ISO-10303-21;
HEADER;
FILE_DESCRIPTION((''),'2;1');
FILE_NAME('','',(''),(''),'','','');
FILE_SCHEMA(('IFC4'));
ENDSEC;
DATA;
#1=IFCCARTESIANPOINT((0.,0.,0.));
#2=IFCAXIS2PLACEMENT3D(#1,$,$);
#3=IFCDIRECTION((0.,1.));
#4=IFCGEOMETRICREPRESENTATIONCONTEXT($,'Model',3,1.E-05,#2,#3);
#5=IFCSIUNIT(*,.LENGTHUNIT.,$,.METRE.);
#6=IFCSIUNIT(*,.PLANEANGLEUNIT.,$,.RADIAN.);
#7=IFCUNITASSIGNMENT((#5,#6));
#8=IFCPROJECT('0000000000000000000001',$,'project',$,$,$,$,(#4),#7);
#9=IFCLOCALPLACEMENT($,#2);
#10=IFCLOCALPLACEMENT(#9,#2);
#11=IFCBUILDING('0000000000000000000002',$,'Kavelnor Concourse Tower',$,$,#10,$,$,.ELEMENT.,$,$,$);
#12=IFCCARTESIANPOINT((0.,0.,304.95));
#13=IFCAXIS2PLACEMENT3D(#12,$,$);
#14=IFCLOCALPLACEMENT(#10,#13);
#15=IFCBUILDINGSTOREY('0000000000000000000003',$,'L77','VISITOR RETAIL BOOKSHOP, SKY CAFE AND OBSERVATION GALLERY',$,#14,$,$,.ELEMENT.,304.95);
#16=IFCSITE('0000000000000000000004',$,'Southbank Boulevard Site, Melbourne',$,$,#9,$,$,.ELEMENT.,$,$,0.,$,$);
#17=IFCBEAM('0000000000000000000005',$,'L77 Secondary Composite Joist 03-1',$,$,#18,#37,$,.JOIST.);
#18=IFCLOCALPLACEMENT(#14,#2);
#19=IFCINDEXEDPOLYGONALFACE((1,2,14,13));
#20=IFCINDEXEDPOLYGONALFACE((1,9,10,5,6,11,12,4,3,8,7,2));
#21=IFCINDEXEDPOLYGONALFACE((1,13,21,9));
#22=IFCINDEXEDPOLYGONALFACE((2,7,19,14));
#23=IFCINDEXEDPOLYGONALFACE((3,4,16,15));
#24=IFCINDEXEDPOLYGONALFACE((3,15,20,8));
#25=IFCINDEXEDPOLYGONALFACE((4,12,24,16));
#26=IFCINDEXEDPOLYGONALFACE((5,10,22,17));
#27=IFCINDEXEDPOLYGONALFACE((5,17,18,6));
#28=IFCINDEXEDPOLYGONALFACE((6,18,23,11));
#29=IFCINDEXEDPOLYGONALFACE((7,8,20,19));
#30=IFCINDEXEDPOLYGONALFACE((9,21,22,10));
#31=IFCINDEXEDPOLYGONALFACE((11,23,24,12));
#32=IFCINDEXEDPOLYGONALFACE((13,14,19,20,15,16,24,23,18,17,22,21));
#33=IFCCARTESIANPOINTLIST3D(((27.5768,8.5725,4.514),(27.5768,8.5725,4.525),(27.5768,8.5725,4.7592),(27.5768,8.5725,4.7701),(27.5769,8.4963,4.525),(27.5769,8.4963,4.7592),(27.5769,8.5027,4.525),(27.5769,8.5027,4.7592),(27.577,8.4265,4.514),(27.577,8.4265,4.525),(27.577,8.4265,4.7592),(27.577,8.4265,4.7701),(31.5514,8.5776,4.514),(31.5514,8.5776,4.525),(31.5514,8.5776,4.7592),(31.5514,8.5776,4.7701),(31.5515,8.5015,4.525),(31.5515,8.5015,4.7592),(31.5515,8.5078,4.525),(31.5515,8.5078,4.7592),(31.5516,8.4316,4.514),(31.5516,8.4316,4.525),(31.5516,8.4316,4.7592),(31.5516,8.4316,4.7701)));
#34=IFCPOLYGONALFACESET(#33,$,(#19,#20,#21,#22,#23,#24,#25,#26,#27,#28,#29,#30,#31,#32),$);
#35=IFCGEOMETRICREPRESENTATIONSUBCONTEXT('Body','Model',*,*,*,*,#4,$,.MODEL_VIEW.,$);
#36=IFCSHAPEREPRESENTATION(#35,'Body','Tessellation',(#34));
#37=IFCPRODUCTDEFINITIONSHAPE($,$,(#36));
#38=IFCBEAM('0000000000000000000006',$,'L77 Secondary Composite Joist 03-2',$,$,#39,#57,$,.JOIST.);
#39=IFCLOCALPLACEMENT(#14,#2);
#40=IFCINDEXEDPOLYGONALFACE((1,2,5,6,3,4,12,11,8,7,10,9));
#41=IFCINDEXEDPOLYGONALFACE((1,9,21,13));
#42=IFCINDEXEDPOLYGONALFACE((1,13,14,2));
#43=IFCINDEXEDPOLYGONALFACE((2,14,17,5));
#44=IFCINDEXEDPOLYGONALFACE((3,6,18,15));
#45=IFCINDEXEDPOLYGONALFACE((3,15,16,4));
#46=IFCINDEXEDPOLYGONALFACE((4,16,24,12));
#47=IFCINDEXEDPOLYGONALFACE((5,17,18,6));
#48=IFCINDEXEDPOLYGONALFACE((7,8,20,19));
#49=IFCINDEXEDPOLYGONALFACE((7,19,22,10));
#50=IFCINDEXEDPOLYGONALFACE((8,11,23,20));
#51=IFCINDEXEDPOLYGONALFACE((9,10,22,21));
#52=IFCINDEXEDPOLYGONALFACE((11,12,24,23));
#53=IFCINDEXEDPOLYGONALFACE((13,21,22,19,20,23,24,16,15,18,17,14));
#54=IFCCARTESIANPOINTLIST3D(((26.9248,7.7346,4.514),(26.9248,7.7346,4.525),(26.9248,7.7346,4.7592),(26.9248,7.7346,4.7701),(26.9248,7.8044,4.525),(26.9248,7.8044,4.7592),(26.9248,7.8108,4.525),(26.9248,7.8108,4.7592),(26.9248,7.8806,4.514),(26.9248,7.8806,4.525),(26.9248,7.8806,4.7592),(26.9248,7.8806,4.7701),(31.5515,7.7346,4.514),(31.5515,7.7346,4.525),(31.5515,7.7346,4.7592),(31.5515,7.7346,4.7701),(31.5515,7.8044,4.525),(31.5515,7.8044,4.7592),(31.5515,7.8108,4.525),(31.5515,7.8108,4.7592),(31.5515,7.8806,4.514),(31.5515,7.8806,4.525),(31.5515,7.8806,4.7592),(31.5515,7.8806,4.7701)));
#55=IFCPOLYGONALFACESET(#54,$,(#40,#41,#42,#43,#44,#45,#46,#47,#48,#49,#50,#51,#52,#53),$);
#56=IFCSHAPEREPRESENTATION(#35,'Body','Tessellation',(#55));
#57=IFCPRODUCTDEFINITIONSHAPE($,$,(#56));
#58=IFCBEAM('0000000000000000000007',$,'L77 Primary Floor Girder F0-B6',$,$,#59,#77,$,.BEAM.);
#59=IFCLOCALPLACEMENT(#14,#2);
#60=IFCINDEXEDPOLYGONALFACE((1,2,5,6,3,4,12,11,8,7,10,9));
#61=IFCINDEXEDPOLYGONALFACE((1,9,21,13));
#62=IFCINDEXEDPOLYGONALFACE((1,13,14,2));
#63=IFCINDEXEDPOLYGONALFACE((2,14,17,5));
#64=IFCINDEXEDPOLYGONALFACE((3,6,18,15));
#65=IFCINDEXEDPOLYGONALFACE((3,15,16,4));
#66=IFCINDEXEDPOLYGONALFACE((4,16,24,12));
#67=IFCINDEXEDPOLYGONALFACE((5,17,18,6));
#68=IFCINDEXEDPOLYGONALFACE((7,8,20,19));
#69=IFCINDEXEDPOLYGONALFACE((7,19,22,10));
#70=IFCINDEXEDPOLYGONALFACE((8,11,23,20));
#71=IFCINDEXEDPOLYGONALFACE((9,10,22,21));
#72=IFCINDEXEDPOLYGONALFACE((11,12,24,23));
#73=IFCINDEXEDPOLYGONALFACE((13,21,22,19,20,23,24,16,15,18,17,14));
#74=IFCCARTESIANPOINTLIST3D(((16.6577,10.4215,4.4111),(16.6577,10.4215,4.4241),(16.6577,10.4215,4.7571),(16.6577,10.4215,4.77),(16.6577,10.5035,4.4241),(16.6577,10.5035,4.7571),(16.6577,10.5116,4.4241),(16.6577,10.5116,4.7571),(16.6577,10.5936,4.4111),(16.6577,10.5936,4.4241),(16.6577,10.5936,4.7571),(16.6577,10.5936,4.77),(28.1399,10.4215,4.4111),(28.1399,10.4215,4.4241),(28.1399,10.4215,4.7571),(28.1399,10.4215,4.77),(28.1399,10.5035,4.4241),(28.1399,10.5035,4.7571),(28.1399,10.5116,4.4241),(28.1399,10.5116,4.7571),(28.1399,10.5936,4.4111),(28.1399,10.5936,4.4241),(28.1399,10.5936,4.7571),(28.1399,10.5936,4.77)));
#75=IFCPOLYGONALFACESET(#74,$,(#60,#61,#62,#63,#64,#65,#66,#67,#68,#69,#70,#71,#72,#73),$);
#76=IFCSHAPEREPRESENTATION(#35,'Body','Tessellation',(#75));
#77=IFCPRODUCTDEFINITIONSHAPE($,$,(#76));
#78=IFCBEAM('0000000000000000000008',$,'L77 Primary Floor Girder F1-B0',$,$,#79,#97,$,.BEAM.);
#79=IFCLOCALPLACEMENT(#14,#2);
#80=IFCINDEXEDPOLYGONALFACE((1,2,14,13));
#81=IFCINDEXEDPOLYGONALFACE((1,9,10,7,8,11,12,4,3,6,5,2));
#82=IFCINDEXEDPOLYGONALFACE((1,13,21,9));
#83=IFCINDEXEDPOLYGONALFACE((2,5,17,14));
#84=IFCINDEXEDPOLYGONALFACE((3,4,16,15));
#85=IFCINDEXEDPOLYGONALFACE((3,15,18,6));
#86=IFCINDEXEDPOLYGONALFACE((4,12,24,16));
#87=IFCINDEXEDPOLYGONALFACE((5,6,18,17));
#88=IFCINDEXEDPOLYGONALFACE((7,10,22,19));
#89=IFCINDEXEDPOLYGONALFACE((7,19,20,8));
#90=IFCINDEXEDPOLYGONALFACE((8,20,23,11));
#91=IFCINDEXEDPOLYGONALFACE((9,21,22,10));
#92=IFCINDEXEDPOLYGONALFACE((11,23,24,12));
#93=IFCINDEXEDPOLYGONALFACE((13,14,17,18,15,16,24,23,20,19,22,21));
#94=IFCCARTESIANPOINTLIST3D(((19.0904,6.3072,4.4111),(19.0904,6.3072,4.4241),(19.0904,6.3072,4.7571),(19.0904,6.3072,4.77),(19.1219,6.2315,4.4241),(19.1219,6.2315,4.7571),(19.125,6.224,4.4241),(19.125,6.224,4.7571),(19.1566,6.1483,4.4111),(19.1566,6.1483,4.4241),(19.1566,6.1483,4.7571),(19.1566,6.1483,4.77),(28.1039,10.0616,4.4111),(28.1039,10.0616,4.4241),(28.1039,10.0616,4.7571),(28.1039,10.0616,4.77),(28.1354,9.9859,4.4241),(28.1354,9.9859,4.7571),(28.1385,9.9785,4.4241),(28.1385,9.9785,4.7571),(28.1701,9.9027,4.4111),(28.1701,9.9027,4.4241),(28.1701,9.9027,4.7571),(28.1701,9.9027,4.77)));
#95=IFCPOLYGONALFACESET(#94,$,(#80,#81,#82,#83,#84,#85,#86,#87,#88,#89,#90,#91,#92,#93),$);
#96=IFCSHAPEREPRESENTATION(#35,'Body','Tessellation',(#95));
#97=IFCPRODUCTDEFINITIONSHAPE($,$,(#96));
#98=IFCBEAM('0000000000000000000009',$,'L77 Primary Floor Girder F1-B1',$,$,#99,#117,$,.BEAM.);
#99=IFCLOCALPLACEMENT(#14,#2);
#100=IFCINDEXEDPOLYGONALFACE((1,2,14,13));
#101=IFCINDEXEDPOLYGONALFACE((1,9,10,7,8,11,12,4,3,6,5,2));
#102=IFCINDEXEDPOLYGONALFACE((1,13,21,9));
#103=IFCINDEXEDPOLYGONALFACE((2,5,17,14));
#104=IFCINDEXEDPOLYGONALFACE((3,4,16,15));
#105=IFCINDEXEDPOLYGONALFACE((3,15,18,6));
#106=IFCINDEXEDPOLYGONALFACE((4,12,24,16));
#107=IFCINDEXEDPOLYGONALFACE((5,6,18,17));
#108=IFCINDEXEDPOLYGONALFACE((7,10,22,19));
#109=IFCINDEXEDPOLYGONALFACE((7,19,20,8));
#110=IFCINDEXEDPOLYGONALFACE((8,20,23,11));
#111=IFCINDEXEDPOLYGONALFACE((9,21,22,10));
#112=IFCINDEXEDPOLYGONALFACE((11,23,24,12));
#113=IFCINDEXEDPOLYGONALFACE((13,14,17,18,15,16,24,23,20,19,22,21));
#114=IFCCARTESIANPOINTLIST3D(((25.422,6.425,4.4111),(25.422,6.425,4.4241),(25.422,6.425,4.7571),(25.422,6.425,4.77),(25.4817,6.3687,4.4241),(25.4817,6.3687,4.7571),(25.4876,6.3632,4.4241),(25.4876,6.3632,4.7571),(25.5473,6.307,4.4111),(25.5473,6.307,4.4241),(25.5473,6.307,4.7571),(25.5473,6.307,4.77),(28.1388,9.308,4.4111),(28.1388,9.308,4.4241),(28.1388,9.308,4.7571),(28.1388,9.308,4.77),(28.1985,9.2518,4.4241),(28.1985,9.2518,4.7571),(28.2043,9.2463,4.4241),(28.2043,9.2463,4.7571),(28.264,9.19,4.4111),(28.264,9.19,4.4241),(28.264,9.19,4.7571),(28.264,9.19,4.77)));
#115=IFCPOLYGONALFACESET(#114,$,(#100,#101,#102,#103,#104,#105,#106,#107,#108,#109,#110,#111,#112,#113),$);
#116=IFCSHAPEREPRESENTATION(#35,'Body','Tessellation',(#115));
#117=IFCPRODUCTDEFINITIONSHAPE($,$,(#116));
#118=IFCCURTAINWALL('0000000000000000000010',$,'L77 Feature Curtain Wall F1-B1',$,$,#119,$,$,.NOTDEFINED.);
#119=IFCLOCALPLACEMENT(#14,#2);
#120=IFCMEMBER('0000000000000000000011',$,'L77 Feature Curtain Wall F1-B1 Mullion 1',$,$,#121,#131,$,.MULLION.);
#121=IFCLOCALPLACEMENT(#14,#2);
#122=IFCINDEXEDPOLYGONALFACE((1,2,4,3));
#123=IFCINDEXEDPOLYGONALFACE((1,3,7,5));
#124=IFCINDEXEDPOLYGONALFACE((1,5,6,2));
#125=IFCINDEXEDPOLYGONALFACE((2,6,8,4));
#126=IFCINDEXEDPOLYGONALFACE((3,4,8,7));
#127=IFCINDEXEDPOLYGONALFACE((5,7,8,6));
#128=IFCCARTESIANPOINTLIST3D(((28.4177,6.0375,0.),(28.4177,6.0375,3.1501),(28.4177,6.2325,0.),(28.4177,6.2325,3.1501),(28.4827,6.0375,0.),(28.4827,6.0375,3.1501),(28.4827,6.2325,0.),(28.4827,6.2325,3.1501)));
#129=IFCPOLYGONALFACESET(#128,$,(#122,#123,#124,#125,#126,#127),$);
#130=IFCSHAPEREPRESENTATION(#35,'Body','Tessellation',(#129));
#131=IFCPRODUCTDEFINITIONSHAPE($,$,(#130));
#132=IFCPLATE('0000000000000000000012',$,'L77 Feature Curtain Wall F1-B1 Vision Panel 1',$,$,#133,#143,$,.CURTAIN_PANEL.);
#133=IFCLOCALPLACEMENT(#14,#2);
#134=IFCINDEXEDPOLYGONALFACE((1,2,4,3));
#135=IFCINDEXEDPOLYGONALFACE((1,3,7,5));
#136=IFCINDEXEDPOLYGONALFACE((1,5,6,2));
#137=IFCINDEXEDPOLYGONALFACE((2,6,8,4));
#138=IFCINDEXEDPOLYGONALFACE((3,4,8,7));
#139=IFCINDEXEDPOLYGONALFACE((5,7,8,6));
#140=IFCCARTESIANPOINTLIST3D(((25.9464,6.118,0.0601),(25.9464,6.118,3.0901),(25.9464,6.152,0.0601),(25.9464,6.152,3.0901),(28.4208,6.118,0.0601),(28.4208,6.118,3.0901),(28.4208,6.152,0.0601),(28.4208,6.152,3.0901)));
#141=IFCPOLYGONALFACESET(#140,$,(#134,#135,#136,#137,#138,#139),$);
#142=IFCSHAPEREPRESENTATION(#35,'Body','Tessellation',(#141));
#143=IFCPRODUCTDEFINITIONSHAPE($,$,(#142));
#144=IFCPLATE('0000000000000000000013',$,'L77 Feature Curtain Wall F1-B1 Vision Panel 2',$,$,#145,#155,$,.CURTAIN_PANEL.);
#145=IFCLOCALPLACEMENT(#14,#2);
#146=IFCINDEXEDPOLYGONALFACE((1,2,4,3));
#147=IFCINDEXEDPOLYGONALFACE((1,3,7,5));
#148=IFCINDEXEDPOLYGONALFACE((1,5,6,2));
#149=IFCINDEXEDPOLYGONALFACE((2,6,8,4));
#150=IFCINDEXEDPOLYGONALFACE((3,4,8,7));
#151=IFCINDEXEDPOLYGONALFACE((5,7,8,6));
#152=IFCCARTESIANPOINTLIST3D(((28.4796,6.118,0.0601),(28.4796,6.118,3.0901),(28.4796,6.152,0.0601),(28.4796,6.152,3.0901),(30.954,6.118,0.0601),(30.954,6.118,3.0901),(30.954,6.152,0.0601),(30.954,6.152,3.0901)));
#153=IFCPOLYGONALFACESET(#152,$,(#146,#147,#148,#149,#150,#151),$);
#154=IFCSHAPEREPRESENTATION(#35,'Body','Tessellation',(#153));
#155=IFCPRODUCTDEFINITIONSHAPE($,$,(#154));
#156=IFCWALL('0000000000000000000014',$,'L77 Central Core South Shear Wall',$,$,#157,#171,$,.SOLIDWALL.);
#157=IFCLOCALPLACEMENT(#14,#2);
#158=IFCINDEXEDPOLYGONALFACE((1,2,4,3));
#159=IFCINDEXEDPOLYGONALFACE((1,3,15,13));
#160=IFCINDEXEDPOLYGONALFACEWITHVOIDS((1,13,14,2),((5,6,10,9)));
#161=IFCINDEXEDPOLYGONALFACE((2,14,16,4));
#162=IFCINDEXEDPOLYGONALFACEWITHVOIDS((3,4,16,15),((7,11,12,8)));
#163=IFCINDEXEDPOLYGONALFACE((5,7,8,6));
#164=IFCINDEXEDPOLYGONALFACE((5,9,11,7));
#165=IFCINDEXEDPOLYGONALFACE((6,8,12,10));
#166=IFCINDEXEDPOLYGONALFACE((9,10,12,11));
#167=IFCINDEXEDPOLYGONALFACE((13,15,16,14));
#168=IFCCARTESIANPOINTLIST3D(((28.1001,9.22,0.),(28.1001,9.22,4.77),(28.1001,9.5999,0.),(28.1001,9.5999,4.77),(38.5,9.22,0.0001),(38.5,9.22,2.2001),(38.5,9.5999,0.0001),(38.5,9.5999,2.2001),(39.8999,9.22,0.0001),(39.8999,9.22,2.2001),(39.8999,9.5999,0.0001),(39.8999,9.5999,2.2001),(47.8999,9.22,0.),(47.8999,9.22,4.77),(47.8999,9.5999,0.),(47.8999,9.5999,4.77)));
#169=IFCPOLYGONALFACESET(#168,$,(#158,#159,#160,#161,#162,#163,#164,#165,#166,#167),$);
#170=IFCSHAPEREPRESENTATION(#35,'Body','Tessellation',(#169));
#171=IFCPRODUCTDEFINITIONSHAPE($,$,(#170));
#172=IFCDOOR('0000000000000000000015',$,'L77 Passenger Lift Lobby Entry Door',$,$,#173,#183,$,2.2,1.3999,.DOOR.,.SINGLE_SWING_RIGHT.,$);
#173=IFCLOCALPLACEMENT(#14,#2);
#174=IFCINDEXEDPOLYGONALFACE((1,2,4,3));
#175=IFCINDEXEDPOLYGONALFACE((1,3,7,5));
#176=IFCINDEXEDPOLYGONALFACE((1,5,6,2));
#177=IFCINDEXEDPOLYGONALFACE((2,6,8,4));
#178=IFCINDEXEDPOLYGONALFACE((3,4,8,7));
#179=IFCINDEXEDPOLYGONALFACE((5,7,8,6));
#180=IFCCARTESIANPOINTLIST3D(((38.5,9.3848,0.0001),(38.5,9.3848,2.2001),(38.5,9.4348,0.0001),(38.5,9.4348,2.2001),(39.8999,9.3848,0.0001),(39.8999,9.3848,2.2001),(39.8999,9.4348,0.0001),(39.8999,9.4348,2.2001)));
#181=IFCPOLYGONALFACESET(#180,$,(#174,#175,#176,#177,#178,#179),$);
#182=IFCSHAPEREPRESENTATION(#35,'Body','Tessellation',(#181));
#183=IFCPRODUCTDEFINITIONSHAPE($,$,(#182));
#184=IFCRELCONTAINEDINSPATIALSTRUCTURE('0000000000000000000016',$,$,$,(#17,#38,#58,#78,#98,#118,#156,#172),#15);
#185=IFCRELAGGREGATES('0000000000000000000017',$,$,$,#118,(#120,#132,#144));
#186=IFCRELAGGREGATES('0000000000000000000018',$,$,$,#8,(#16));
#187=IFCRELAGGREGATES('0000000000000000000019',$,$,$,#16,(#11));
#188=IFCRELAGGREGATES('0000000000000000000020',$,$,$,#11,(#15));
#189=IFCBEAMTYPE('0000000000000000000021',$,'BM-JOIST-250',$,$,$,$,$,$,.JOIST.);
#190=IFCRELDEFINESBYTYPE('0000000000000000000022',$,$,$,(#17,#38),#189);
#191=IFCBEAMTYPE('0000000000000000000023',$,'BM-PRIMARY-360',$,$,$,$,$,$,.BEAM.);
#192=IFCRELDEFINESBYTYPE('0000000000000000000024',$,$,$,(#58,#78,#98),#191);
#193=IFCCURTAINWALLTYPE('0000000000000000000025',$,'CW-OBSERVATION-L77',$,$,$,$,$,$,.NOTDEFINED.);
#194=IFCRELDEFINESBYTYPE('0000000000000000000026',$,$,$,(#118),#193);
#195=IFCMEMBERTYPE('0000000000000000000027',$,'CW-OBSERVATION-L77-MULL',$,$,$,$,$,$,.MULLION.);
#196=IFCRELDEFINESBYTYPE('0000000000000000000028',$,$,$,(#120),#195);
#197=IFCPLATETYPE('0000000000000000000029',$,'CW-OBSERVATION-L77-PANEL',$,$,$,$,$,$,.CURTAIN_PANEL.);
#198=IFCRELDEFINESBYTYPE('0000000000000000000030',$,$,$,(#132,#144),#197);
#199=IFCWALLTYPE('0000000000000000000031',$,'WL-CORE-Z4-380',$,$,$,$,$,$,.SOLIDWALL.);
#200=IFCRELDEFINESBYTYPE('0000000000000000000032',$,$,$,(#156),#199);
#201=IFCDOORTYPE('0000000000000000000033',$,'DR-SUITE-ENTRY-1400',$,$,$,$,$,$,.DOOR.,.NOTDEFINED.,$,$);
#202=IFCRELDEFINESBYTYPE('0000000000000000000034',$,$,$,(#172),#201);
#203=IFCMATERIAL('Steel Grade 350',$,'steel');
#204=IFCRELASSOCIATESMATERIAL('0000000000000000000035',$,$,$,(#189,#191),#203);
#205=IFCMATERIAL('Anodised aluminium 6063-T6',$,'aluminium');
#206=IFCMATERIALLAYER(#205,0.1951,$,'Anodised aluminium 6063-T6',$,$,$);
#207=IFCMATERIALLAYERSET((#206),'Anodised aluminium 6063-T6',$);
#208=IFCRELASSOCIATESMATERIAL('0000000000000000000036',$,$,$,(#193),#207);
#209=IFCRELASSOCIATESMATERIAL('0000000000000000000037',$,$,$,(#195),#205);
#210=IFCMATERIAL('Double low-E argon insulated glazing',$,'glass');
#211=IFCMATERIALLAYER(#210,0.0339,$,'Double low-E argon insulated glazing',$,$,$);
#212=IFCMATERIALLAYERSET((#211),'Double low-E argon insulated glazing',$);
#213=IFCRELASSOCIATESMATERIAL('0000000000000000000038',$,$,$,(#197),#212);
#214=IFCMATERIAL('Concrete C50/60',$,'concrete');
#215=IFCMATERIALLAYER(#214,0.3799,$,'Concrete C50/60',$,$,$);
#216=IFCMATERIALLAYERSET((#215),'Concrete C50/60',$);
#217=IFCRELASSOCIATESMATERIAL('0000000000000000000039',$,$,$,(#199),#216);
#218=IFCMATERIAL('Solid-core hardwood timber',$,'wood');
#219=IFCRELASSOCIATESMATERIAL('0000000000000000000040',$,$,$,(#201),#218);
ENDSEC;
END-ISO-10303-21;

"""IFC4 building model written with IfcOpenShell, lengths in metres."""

from ifc_helpers import new_model, si_unit, direction, frame, frame_2d, origin, origin_2d, place, context, subcontext, project, spatial, rectangle, i_section, extrude, material, layer, layer_set, material_profile, profile_set, type_object, element, fill, aggregate, save


model = new_model("IFC4")

# Units and contexts
model_context = context("Model", 3, precision=1e-05, world=origin(), true_north=direction((0.0, 1.0)))
body_context = subcontext(model_context, "Body", "Model", "MODEL_VIEW")
ifc_project = project(units=[si_unit("LENGTHUNIT", "METRE"), si_unit("PLANEANGLEUNIT", "RADIAN")], contexts=[model_context])

# Site, building, storey
site_placement = place(None, origin())
site = spatial("IfcSite", under=ifc_project, at=site_placement, Name="Southbank Boulevard Site, Melbourne", CompositionType="ELEMENT", RefElevation=0.0)
building_placement = place(site_placement, origin())
building = spatial("IfcBuilding", under=site, at=building_placement, Name="Kavelnor Concourse Tower", CompositionType="ELEMENT")
storey_placement = place(building_placement, frame((0.0, 0.0, 304.95)))
storey = spatial("IfcBuildingStorey", under=building, at=storey_placement, Name="L77", Description="VISITOR RETAIL BOOKSHOP, SKY CAFE AND OBSERVATION GALLERY", CompositionType="ELEMENT", Elevation=304.95)

# Beams
ifc_material_1 = material(Name="Steel Grade 350", Category="steel")
ifc_material_profile_1 = material_profile(ifc_material_1, i_section(OverallWidth=0.146, OverallDepth=0.2561, WebThickness=0.0063, FlangeThickness=0.011, at=origin_2d()), Name="250UB37")
ifc_profile_set_1 = profile_set([ifc_material_profile_1], Name="Steel Grade 350")
beam_type_1 = type_object("IfcBeamType", Name="BM-JOIST-250", PredefinedType="JOIST", material=ifc_profile_set_1)
beam_1_placement = place(storey_placement, frame((27.5769, 8.4995, 4.6421), z_axis=(0.999999, 0.00129, 0.0), x_axis=(-0.00129, 0.999999, 0.0)))
element("IfcBeam", 1, at=beam_1_placement, inside=storey, type_object=beam_type_1, Name="L77 Secondary Composite Joist 03-1", PredefinedType="JOIST", context=body_context, shape_type="SweptSolid", body=[
    extrude(i_section(OverallWidth=0.146, OverallDepth=0.2561, WebThickness=0.0063, FlangeThickness=0.011, at=origin_2d()), origin(), (0.0, 0.0, 1.0), 3.9746),
])
beam_2_placement = place(storey_placement, frame((26.9248, 7.8076, 4.6421), z_axis=(1.0, 0.0, 0.0), x_axis=(0.0, 1.0, 0.0)))
element("IfcBeam", 2, at=beam_2_placement, inside=storey, type_object=beam_type_1, Name="L77 Secondary Composite Joist 03-2", PredefinedType="JOIST", context=body_context, shape_type="SweptSolid", body=[
    extrude(i_section(OverallWidth=0.146, OverallDepth=0.2561, WebThickness=0.0063, FlangeThickness=0.011, at=origin_2d()), origin(), (0.0, 0.0, 1.0), 4.6267),
])
ifc_material_profile_2 = material_profile(ifc_material_1, i_section(OverallWidth=0.1721, OverallDepth=0.3589, WebThickness=0.0081, FlangeThickness=0.0129, at=origin_2d()), Name="360UB56")
ifc_profile_set_2 = profile_set([ifc_material_profile_2], Name="Steel Grade 350")
beam_type_2 = type_object("IfcBeamType", Name="BM-PRIMARY-360", PredefinedType="BEAM", material=ifc_profile_set_2)
beam_3_placement = place(storey_placement, frame((28.1399, 10.5076, 4.5906), z_axis=(-1.0, 0.0, 0.0), x_axis=(0.0, -1.0, 0.0)))
element("IfcBeam", 3, at=beam_3_placement, inside=storey, type_object=beam_type_2, Name="L77 Primary Floor Girder F0-B6", PredefinedType="BEAM", context=body_context, shape_type="SweptSolid", body=[
    extrude(i_section(OverallWidth=0.1721, OverallDepth=0.3589, WebThickness=0.0081, FlangeThickness=0.0129, at=origin_2d()), origin(), (0.0, 0.0, 1.0), 11.4822),
])
beam_4_placement = place(storey_placement, frame((28.137, 9.9822, 4.5906), z_axis=(-0.923121, -0.384511, 0.0), x_axis=(0.384511, -0.923121, 0.0)))
element("IfcBeam", 4, at=beam_4_placement, inside=storey, type_object=beam_type_2, Name="L77 Primary Floor Girder F1-B0", PredefinedType="BEAM", context=body_context, shape_type="SweptSolid", body=[
    extrude(i_section(OverallWidth=0.1721, OverallDepth=0.3589, WebThickness=0.0081, FlangeThickness=0.0129, at=origin_2d()), origin(), (0.0, 0.0, 1.0), 9.7642),
])
beam_5_placement = place(storey_placement, frame((28.2014, 9.249, 4.5906), z_axis=(-0.685811, -0.72778, 0.0), x_axis=(0.72778, -0.685811, 0.0)))
element("IfcBeam", 5, at=beam_5_placement, inside=storey, type_object=beam_type_2, Name="L77 Primary Floor Girder F1-B1", PredefinedType="BEAM", context=body_context, shape_type="SweptSolid", body=[
    extrude(i_section(OverallWidth=0.1721, OverallDepth=0.3589, WebThickness=0.0081, FlangeThickness=0.0129, at=origin_2d()), origin(), (0.0, 0.0, 1.0), 3.9614),
])

# Curtain wall, member, plates
ifc_material_2 = material(Name="Anodised aluminium 6063-T6", Category="aluminium")
ifc_layer_1 = layer(ifc_material_2, 0.1951, Name="Anodised aluminium 6063-T6")
ifc_layer_set_1 = layer_set([ifc_layer_1], Name="Anodised aluminium 6063-T6")
curtain_wall_type = type_object("IfcCurtainWallType", Name="CW-OBSERVATION-L77", PredefinedType="NOTDEFINED", material=ifc_layer_set_1)
curtain_wall_placement = place(storey_placement, origin())
curtain_wall = element("IfcCurtainWall", 6, at=curtain_wall_placement, inside=storey, type_object=curtain_wall_type, Name="L77 Feature Curtain Wall F1-B1", PredefinedType="NOTDEFINED")
ifc_material_profile_3 = material_profile(ifc_material_2, rectangle(XDim=0.0649, YDim=0.1951, at=origin_2d()), Name="AL-MULL 65x195")
ifc_profile_set_3 = profile_set([ifc_material_profile_3], Name="Anodised aluminium 6063-T6")
member_type = type_object("IfcMemberType", Name="CW-OBSERVATION-L77-MULL", PredefinedType="MULLION", material=ifc_profile_set_3)
member_placement = place(storey_placement, frame((28.4502, 6.135, 0.0), z_axis=(0.0, 0.0, 1.0), x_axis=(1.0, 0.0, 0.0)))
member = element("IfcMember", 7, at=member_placement, type_object=member_type, Name="L77 Feature Curtain Wall F1-B1 Mullion 1", PredefinedType="MULLION", context=body_context, shape_type="SweptSolid", body=[
    extrude(rectangle(XDim=0.0649, YDim=0.1951, at=origin_2d()), origin(), (0.0, 0.0, 1.0), 3.1501),
])
ifc_material_3 = material(Name="Double low-E argon insulated glazing", Category="glass")
ifc_layer_2 = layer(ifc_material_3, 0.0339, Name="Double low-E argon insulated glazing")
ifc_layer_set_2 = layer_set([ifc_layer_2], Name="Double low-E argon insulated glazing")
plate_type = type_object("IfcPlateType", Name="CW-OBSERVATION-L77-PANEL", PredefinedType="CURTAIN_PANEL", material=ifc_layer_set_2)
plate_1_placement = place(storey_placement, frame((27.1836, 6.135, 0.0601), z_axis=(0.0, 0.0, 1.0), x_axis=(1.0, 0.0, 0.0)))
plate_1 = element("IfcPlate", 8, at=plate_1_placement, type_object=plate_type, Name="L77 Feature Curtain Wall F1-B1 Vision Panel 1", PredefinedType="CURTAIN_PANEL", context=body_context, shape_type="SweptSolid", body=[
    extrude(rectangle(XDim=2.4744, YDim=0.0339, at=origin_2d()), origin(), (0.0, 0.0, 1.0), 3.03),
])
plate_2_placement = place(storey_placement, frame((29.7168, 6.135, 0.0601), z_axis=(0.0, 0.0, 1.0), x_axis=(1.0, 0.0, 0.0)))
plate_2 = element("IfcPlate", 9, at=plate_2_placement, type_object=plate_type, Name="L77 Feature Curtain Wall F1-B1 Vision Panel 2", PredefinedType="CURTAIN_PANEL", context=body_context, shape_type="SweptSolid", body=[
    extrude(rectangle(XDim=2.4744, YDim=0.0339, at=origin_2d()), origin(), (0.0, 0.0, 1.0), 3.03),
])
aggregate(curtain_wall, [member, plate_1, plate_2])

# Wall, opening, door
ifc_material_4 = material(Name="Concrete C50/60", Category="concrete")
ifc_layer_3 = layer(ifc_material_4, 0.3799, Name="Concrete C50/60")
ifc_layer_set_3 = layer_set([ifc_layer_3], Name="Concrete C50/60")
wall_type_1 = type_object("IfcWallType", Name="WL-CORE-Z4-380", PredefinedType="SOLIDWALL", material=ifc_layer_set_3)
wall_1_placement = place(storey_placement, frame((28.1001, 9.4099, 0.0), z_axis=(0.0, 0.0, 1.0), x_axis=(1.0, 0.0, 0.0)))
wall_1 = element("IfcWall", 10, at=wall_1_placement, inside=storey, type_object=wall_type_1, Name="L77 Central Core South Shear Wall", PredefinedType="SOLIDWALL", context=body_context, shape_type="SweptSolid", body=[
    extrude(rectangle(XDim=19.7998, YDim=0.3799, at=frame_2d((9.8999, 0.0))), origin(), (0.0, 0.0, 1.0), 4.77),
])
opening_1_placement = place(wall_1_placement, frame((10.3999, 0.0, 0.0)))
opening_1 = element("IfcOpeningElement", 11, at=opening_1_placement, cuts=wall_1, PredefinedType="OPENING", context=body_context, shape_type="SweptSolid", body=[
    extrude(rectangle(XDim=1.3999, YDim=2.2, at=frame_2d((0.7, 1.1001))), frame((0.0, 0.2, 0.0), z_axis=(0.0, -1.0, 0.0), x_axis=(1.0, 0.0, 0.0)), (0.0, 0.0, 1.0), 0.3999),
])
ifc_material_5 = material(Name="Solid-core hardwood timber", Category="wood")
door_type_1 = type_object("IfcDoorType", Name="DR-SUITE-ENTRY-1400", OperationType="NOTDEFINED", PredefinedType="DOOR", material=ifc_material_5)
door_1_placement = place(opening_1_placement, origin())
door_1 = element("IfcDoor", 12, at=door_1_placement, inside=storey, type_object=door_type_1, Name="L77 Passenger Lift Lobby Entry Door", OperationType="SINGLE_SWING_RIGHT", OverallHeight=2.2, OverallWidth=1.3999, PredefinedType="DOOR", context=body_context, shape_type="SweptSolid", body=[
    extrude(rectangle(XDim=1.3999, YDim=2.2, at=frame_2d((0.7, 1.1001))), frame((0.0, 0.0249, 0.0), z_axis=(0.0, -1.0, 0.0), x_axis=(1.0, 0.0, 0.0)), (0.0, 0.0, 1.0), 0.05),
])
fill(opening_1, door_1)

save(model, "model.ifc")
